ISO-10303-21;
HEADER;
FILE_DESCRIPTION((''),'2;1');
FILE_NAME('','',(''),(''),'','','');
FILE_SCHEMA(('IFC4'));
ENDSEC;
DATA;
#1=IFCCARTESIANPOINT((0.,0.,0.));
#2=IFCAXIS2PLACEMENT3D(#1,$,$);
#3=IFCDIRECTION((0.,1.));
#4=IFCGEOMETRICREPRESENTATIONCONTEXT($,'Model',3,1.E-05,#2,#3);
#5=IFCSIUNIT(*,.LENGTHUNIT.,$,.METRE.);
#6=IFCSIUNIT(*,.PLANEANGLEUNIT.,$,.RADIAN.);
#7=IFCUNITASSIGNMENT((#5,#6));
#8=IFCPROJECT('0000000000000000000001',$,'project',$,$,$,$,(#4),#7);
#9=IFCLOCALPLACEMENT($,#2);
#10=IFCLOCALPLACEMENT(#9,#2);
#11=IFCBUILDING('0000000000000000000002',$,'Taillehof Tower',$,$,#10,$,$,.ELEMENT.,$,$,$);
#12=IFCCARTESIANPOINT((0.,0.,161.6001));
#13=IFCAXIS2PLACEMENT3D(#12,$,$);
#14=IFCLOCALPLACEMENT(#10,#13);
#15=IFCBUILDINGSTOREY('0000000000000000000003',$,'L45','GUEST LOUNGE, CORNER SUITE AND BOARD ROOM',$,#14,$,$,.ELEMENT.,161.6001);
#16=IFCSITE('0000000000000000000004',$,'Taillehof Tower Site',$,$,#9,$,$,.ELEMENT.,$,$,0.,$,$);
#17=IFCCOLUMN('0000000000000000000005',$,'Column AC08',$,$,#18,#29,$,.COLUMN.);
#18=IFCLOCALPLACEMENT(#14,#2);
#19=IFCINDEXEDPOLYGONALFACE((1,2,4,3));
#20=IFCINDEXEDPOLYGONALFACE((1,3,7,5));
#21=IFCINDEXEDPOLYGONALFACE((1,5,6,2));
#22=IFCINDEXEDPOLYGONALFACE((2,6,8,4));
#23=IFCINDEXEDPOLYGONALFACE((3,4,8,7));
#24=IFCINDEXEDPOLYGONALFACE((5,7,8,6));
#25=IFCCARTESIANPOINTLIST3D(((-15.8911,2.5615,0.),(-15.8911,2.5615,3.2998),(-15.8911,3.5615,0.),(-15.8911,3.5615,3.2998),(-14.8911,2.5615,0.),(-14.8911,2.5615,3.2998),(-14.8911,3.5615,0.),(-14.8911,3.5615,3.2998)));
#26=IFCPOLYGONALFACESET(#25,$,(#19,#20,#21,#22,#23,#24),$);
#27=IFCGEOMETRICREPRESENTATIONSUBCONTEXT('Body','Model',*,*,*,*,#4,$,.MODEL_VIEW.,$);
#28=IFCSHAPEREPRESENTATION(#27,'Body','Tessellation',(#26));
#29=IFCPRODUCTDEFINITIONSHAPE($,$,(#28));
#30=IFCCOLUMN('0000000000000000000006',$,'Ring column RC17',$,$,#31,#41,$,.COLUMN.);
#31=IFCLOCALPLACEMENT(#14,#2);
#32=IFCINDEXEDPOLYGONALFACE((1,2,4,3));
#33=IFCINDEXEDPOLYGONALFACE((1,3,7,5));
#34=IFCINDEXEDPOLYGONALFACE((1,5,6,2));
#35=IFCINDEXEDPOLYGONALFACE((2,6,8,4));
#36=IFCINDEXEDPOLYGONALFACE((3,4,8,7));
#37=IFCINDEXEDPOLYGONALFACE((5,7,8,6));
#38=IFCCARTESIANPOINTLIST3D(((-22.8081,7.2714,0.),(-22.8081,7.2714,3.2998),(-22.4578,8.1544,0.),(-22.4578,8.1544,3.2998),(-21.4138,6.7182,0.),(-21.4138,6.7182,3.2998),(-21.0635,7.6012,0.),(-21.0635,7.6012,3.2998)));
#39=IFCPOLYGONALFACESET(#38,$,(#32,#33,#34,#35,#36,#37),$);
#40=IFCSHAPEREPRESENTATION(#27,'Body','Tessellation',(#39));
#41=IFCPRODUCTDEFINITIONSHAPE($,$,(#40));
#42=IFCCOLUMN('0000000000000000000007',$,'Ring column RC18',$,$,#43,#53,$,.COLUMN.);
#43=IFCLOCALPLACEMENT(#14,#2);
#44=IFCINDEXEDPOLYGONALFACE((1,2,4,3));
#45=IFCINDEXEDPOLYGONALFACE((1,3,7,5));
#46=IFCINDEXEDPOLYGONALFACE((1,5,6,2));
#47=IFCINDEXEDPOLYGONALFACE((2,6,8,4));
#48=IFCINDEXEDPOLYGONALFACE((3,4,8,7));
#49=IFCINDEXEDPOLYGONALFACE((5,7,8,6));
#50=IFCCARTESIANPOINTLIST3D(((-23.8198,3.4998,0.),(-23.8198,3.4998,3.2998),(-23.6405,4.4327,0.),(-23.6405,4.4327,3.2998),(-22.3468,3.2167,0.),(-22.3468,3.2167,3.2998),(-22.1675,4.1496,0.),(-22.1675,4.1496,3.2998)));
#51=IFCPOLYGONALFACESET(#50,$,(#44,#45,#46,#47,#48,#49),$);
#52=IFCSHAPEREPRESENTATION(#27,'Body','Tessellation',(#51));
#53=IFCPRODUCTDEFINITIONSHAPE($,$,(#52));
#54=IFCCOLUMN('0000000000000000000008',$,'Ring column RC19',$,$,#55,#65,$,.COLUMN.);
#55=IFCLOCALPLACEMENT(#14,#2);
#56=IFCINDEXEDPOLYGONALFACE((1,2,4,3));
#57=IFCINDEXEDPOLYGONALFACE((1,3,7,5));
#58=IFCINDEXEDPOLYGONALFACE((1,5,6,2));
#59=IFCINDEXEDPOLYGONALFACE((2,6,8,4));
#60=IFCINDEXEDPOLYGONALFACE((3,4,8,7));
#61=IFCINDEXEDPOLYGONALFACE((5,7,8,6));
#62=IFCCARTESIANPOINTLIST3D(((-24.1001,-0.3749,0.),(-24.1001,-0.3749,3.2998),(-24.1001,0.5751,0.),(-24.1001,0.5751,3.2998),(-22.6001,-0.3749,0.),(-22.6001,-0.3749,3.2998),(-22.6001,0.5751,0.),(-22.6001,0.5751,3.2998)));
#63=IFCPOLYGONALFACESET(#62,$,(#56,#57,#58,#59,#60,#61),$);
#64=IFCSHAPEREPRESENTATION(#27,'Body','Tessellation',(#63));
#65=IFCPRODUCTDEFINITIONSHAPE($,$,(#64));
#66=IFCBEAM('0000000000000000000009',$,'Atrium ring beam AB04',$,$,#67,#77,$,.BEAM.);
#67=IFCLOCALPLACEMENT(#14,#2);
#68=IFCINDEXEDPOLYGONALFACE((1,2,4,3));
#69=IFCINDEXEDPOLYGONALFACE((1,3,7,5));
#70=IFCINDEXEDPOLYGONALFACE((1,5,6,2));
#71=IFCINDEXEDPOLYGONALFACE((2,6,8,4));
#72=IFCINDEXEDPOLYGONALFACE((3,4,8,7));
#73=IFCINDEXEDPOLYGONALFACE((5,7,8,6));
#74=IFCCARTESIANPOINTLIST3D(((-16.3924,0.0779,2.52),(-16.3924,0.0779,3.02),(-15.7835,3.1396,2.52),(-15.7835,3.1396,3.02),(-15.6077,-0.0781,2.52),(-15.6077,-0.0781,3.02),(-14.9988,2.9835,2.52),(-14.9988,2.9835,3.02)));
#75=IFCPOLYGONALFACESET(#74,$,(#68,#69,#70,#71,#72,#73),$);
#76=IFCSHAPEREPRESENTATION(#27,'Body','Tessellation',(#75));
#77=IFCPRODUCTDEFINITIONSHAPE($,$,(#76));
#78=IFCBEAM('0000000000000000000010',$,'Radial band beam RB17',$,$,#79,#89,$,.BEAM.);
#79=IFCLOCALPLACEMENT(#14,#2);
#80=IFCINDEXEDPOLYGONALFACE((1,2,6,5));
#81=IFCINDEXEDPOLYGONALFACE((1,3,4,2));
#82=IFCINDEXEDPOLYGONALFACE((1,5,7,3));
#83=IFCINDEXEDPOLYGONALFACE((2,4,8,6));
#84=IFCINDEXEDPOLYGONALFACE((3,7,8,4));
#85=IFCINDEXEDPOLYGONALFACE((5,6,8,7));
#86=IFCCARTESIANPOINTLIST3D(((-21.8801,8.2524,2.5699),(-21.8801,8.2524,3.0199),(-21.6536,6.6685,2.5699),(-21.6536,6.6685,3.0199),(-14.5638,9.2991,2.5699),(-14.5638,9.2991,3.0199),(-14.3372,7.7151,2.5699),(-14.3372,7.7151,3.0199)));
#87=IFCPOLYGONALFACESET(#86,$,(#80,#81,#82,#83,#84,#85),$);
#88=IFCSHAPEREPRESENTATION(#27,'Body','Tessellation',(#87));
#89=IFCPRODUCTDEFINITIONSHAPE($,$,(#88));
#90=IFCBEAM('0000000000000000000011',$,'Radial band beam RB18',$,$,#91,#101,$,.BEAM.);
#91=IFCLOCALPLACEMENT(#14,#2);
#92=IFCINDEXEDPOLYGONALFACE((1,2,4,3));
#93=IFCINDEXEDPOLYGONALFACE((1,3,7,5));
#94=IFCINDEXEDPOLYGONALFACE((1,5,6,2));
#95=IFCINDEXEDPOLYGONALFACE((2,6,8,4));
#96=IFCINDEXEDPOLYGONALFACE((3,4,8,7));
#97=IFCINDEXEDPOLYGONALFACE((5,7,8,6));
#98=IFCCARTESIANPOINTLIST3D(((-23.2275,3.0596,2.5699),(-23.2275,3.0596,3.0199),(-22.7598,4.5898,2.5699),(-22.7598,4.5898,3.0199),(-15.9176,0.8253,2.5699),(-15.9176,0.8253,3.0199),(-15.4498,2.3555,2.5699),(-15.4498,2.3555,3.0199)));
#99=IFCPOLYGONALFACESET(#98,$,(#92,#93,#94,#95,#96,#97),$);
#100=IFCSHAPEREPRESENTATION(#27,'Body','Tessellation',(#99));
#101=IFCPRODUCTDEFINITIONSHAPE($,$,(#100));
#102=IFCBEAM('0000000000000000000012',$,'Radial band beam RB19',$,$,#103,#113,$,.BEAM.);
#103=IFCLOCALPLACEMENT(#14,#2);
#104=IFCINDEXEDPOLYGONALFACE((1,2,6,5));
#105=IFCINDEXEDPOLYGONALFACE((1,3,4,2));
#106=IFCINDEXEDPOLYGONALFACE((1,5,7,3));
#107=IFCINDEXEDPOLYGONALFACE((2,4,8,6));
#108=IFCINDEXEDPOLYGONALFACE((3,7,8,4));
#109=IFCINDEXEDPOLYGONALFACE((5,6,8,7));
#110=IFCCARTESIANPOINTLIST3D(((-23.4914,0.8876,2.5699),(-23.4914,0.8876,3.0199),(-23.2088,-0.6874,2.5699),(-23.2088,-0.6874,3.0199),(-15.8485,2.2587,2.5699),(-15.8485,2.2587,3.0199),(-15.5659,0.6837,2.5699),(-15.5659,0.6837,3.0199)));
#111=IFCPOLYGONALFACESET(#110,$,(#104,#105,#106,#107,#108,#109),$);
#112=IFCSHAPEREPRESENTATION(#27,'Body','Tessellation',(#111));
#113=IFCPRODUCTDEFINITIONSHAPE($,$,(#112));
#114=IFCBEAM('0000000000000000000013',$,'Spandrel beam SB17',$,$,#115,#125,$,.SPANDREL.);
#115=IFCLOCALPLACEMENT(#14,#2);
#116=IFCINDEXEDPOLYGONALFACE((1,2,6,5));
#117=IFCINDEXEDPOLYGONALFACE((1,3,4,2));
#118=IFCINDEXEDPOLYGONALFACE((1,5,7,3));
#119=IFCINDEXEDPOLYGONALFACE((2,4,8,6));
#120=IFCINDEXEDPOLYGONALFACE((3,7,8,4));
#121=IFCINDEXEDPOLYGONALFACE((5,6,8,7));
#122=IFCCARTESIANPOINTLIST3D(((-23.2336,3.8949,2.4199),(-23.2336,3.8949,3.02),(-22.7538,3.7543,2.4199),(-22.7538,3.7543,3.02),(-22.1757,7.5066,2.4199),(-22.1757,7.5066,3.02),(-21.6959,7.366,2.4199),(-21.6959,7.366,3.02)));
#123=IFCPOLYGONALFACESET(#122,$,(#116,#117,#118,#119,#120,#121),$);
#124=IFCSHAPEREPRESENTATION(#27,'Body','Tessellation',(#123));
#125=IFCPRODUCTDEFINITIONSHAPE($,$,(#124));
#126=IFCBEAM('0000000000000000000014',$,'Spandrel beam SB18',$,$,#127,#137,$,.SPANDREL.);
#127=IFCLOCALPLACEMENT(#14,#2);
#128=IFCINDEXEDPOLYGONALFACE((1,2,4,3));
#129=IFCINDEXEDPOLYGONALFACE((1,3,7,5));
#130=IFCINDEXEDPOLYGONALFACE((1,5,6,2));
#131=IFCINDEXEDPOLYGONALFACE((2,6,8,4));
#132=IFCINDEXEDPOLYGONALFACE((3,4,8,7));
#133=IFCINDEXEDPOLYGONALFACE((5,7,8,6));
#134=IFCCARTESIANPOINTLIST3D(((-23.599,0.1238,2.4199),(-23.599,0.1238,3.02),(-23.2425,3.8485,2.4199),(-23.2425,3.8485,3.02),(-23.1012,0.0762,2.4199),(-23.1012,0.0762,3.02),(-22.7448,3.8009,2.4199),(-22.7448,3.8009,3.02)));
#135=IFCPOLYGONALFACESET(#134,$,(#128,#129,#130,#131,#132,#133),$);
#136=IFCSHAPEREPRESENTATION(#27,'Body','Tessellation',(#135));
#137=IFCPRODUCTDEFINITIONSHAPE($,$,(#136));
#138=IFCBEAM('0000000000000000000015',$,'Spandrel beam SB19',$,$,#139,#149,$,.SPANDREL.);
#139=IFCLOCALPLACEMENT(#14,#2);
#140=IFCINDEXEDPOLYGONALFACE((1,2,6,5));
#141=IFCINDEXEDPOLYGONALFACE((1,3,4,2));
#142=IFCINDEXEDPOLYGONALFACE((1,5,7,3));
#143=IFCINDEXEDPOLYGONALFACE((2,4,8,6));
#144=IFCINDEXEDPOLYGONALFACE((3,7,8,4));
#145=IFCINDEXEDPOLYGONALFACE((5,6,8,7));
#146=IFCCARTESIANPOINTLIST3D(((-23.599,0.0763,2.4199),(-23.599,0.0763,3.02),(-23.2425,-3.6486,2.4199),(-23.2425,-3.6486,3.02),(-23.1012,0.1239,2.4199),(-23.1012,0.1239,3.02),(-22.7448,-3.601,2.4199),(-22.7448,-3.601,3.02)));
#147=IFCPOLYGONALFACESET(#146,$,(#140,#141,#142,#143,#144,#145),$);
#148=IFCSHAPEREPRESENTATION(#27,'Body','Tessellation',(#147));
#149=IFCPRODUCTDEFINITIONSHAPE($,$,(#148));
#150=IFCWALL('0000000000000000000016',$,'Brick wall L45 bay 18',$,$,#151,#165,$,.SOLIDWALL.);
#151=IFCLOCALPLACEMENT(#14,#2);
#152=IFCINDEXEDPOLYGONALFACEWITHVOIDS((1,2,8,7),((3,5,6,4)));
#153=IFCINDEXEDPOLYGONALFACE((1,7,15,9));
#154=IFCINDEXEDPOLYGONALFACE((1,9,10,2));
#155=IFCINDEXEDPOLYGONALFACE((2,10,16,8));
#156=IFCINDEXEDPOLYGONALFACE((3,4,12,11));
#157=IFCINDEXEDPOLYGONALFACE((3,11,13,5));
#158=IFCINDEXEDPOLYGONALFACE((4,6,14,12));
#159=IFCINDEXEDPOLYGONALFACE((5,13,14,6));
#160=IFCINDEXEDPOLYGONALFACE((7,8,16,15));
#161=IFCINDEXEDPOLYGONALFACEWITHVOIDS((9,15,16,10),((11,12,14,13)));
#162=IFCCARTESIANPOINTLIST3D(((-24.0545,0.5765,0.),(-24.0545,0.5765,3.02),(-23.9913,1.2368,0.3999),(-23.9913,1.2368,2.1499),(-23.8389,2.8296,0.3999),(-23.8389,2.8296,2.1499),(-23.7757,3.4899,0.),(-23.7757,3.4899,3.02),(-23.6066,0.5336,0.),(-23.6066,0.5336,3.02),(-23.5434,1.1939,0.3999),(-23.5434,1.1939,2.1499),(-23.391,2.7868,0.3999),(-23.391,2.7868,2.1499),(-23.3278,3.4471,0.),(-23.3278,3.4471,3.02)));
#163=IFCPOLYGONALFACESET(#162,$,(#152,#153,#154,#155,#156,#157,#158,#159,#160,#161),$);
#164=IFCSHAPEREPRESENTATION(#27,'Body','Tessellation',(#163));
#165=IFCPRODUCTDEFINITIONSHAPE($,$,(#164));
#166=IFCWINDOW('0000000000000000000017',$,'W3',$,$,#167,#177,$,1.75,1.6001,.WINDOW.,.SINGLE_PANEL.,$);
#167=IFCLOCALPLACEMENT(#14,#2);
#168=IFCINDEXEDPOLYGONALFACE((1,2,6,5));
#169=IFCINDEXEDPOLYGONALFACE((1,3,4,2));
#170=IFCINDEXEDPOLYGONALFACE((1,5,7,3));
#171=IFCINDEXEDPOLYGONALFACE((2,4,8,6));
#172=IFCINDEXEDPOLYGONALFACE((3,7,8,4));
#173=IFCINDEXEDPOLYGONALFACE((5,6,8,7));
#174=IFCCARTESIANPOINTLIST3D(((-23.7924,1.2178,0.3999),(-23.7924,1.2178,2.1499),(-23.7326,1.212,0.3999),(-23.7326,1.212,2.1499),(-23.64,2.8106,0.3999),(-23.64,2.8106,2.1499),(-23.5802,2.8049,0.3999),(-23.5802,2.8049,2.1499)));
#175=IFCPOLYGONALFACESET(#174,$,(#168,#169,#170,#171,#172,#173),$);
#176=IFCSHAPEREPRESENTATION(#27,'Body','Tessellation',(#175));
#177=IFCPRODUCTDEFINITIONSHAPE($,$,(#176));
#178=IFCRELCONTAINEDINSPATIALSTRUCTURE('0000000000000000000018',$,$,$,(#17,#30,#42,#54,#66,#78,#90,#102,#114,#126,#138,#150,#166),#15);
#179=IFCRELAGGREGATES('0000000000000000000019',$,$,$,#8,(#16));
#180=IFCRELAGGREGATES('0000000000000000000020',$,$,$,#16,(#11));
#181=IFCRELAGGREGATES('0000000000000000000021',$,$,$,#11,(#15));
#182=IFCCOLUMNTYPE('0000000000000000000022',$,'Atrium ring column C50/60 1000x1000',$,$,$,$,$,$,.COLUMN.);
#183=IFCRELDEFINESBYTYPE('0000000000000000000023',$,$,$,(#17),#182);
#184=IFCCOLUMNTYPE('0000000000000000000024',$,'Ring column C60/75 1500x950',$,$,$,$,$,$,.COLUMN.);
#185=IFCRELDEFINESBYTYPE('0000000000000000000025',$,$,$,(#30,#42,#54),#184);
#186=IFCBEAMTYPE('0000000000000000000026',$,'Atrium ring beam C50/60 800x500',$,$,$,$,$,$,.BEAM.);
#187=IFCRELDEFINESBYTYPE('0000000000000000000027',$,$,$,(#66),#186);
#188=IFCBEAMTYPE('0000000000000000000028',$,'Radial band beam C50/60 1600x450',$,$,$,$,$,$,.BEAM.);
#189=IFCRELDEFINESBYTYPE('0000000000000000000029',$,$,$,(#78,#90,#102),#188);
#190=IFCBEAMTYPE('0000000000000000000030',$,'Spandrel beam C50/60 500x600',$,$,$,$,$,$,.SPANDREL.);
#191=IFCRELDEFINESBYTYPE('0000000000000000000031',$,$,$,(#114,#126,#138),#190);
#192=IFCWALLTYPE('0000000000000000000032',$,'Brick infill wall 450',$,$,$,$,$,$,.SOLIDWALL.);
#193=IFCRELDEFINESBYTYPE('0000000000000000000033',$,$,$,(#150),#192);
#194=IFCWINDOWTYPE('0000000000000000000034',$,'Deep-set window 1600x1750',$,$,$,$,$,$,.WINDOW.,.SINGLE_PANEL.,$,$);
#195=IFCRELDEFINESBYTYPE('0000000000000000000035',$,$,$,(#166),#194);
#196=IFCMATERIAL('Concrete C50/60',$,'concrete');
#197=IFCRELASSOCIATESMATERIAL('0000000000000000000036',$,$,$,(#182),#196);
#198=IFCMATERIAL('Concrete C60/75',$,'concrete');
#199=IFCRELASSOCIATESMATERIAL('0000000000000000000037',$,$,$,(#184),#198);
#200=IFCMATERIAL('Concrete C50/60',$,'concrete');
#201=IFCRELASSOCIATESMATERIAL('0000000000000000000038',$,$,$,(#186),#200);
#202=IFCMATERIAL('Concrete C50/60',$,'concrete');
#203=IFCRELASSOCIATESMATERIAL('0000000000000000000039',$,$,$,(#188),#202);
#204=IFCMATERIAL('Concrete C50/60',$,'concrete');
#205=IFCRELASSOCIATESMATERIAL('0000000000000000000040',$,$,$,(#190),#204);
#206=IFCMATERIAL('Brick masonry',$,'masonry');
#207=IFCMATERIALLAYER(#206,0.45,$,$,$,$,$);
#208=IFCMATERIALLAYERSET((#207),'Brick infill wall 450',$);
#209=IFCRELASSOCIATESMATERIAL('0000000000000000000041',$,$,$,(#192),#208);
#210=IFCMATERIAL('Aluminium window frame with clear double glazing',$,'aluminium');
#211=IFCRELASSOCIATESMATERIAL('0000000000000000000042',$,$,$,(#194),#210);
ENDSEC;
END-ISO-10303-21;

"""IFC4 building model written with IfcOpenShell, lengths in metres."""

from ifc_helpers import new_model, si_unit, direction, frame, frame_2d, origin, origin_2d, place, context, subcontext, project, spatial, rectangle, extrude, material, layer, layer_set, material_profile, profile_set, type_object, element, fill, save


model = new_model("IFC4")

# Units and contexts
model_context = context("Model", 3, precision=1e-05, world=origin(), true_north=direction((0.0, 1.0)))
body_context = subcontext(model_context, "Body", "Model", "MODEL_VIEW")
ifc_project = project(units=[si_unit("LENGTHUNIT", "METRE"), si_unit("PLANEANGLEUNIT", "RADIAN")], contexts=[model_context])

# Site, building, storey
site_placement = place(None, origin())
site = spatial("IfcSite", under=ifc_project, at=site_placement, Name="Taillehof Tower Site", CompositionType="ELEMENT", RefElevation=0.0)
building_placement = place(site_placement, origin())
building = spatial("IfcBuilding", under=site, at=building_placement, Name="Taillehof Tower", CompositionType="ELEMENT")
storey_placement = place(building_placement, frame((0.0, 0.0, 161.6001)))
storey = spatial("IfcBuildingStorey", under=building, at=storey_placement, Name="L45", Description="GUEST LOUNGE, CORNER SUITE AND BOARD ROOM", CompositionType="ELEMENT", Elevation=161.6001)

# Columns
ifc_material_1 = material(Name="Concrete C50/60", Category="concrete")
ifc_material_profile_1 = material_profile(ifc_material_1, rectangle(XDim=1.0, YDim=1.0, at=origin_2d()), Name="RC 1000x1000")
ifc_profile_set_1 = profile_set([ifc_material_profile_1], Name="Concrete C50/60")
column_type_1 = type_object("IfcColumnType", Name="Atrium ring column C50/60 1000x1000", PredefinedType="COLUMN", material=ifc_profile_set_1)
column_placement = place(storey_placement, frame((-15.3911, 3.0615, 0.0), z_axis=(0.0, 0.0, 1.0), x_axis=(1.0, 0.0, 0.0)))
element("IfcColumn", 1, at=column_placement, inside=storey, type_object=column_type_1, Name="Column AC08", PredefinedType="COLUMN", context=body_context, shape_type="SweptSolid", body=[
    extrude(rectangle(XDim=1.0, YDim=1.0, at=origin_2d()), origin(), (0.0, 0.0, 1.0), 3.2998),
])
ifc_material_2 = material(Name="Concrete C60/75", Category="concrete")
ifc_material_profile_2 = material_profile(ifc_material_2, rectangle(XDim=1.5, YDim=0.95, at=origin_2d()), Name="RC 1500x950")
ifc_profile_set_2 = profile_set([ifc_material_profile_2], Name="Concrete C60/75")
column_type_2 = type_object("IfcColumnType", Name="Ring column C60/75 1500x950", PredefinedType="COLUMN", material=ifc_profile_set_2)
for number, where, z_axis, x_axis, name in (
    (2, (-21.9358, 7.4363, 0.0), (0.0, 0.0, 1.0), (-0.929511, 0.368793, 0.0), "Ring column RC17"),
    (3, (-22.9937, 3.8247, 0.0), (0.0, 0.0, 1.0), (-0.982024, 0.188757, 0.0), "Ring column RC18"),
    (4, (-23.3501, 0.1001, 0.0), (0.0, 0.0, 1.0), (-1.0, 0.0, 0.0), "Ring column RC19"),
):
    element("IfcColumn", number, at=place(storey_placement, frame(where, z_axis=z_axis, x_axis=x_axis)), inside=storey, type_object=column_type_2, Name=name, PredefinedType="COLUMN", context=body_context, shape_type="SweptSolid", body=[
        extrude(rectangle(XDim=1.5, YDim=0.95, at=origin_2d()), origin(), (0.0, 0.0, 1.0), 3.2998),
    ])

# Beams
ifc_material_3 = material(Name="Concrete C50/60", Category="concrete")
ifc_material_profile_3 = material_profile(ifc_material_3, rectangle(XDim=0.8, YDim=0.5, at=origin_2d()), Name="RC 800x500")
ifc_profile_set_3 = profile_set([ifc_material_profile_3], Name="Concrete C50/60")
beam_type_1 = type_object("IfcBeamType", Name="Atrium ring beam C50/60 800x500", PredefinedType="BEAM", material=ifc_profile_set_3)
beam_1_placement = place(storey_placement, frame((-15.3911, 3.0615, 2.77), z_axis=(-0.195063, -0.980791, 0.0), x_axis=(0.980791, -0.195063, 0.0)))
element("IfcBeam", 5, at=beam_1_placement, inside=storey, type_object=beam_type_1, Name="Atrium ring beam AB04", PredefinedType="BEAM", context=body_context, shape_type="SweptSolid", body=[
    extrude(rectangle(XDim=0.8, YDim=0.5, at=origin_2d()), origin(), (0.0, 0.0, 1.0), 3.1216),
])
ifc_material_4 = material(Name="Concrete C50/60", Category="concrete")
ifc_material_profile_4 = material_profile(ifc_material_4, rectangle(XDim=1.6001, YDim=0.45, at=origin_2d()), Name="RC 1600x450")
ifc_profile_set_4 = profile_set([ifc_material_profile_4], Name="Concrete C50/60")
beam_type_2 = type_object("IfcBeamType", Name="Radial band beam C50/60 1600x450", PredefinedType="BEAM", material=ifc_profile_set_4)
beam_2_placement = place(storey_placement, frame((-21.7668, 7.4604, 2.7949), z_axis=(0.989922, 0.141611, 0.0), x_axis=(-0.141611, 0.989922, 0.0)))
element("IfcBeam", 6, at=beam_2_placement, inside=storey, type_object=beam_type_2, Name="Radial band beam RB17", PredefinedType="BEAM", context=body_context, shape_type="SweptSolid", body=[
    extrude(rectangle(XDim=1.6001, YDim=0.45, at=origin_2d()), origin(), (0.0, 0.0, 1.0), 7.3909),
])
beam_3_placement = place(storey_placement, frame((-22.9937, 3.8247, 2.7949), z_axis=(0.956324, -0.292308, 0.0), x_axis=(0.292308, 0.956324, 0.0)))
element("IfcBeam", 7, at=beam_3_placement, inside=storey, type_object=beam_type_2, Name="Radial band beam RB18", PredefinedType="BEAM", context=body_context, shape_type="SweptSolid", body=[
    extrude(rectangle(XDim=1.6001, YDim=0.45, at=origin_2d()), origin(), (0.0, 0.0, 1.0), 7.6438),
])
beam_4_placement = place(storey_placement, frame((-23.3501, 0.1001, 2.7949), z_axis=(0.984287, 0.176577, 0.0), x_axis=(-0.176577, 0.984287, 0.0)))
element("IfcBeam", 8, at=beam_4_placement, inside=storey, type_object=beam_type_2, Name="Radial band beam RB19", PredefinedType="BEAM", context=body_context, shape_type="SweptSolid", body=[
    extrude(rectangle(XDim=1.6001, YDim=0.45, at=origin_2d()), origin(), (0.0, 0.0, 1.0), 7.7649),
])
ifc_material_5 = material(Name="Concrete C50/60", Category="concrete")
ifc_material_profile_5 = material_profile(ifc_material_5, rectangle(XDim=0.5, YDim=0.6001, at=origin_2d()), Name="RC 500x600")
ifc_profile_set_5 = profile_set([ifc_material_profile_5], Name="Concrete C50/60")
beam_type_3 = type_object("IfcBeamType", Name="Spandrel beam C50/60 500x600", PredefinedType="SPANDREL", material=ifc_profile_set_5)
beam_5_placement = place(storey_placement, frame((-21.9358, 7.4363, 2.72), z_axis=(-0.281098, -0.959679, 0.0), x_axis=(0.959679, -0.281098, 0.0)))
element("IfcBeam", 9, at=beam_5_placement, inside=storey, type_object=beam_type_3, Name="Spandrel beam SB17", PredefinedType="SPANDREL", context=body_context, shape_type="SweptSolid", body=[
    extrude(rectangle(XDim=0.5, YDim=0.6001, at=origin_2d()), origin(), (0.0, 0.0, 1.0), 3.7634),
])
beam_6_placement = place(storey_placement, frame((-22.9937, 3.8247, 2.72), z_axis=(-0.095265, -0.995452, 0.0), x_axis=(0.995452, -0.095265, 0.0)))
element("IfcBeam", 10, at=beam_6_placement, inside=storey, type_object=beam_type_3, Name="Spandrel beam SB18", PredefinedType="SPANDREL", context=body_context, shape_type="SweptSolid", body=[
    extrude(rectangle(XDim=0.5, YDim=0.6001, at=origin_2d()), origin(), (0.0, 0.0, 1.0), 3.7417),
])
beam_7_placement = place(storey_placement, frame((-23.3501, 0.1001, 2.72), z_axis=(0.095259, -0.995453, 0.0), x_axis=(0.995453, 0.095259, 0.0)))
element("IfcBeam", 11, at=beam_7_placement, inside=storey, type_object=beam_type_3, Name="Spandrel beam SB19", PredefinedType="SPANDREL", context=body_context, shape_type="SweptSolid", body=[
    extrude(rectangle(XDim=0.5, YDim=0.6001, at=origin_2d()), origin(), (0.0, 0.0, 1.0), 3.7419),
])

# Wall, opening, window
ifc_material_6 = material(Name="Brick masonry", Category="masonry")
ifc_layer_1 = layer(ifc_material_6, 0.45)
ifc_layer_set_1 = layer_set([ifc_layer_1], Name="Brick infill wall 450")
wall_type_1 = type_object("IfcWallType", Name="Brick infill wall 450", PredefinedType="SOLIDWALL", material=ifc_layer_set_1)
wall_1_placement = place(storey_placement, frame((-23.5518, 3.4685, 0.0), z_axis=(0.0, 0.0, 1.0), x_axis=(-0.095266, -0.995452, 0.0)))
wall_1 = element("IfcWall", 12, at=wall_1_placement, inside=storey, type_object=wall_type_1, Name="Brick wall L45 bay 18", PredefinedType="SOLIDWALL", context=body_context, shape_type="SweptSolid", body=[
    extrude(rectangle(XDim=2.9268, YDim=0.45, at=frame_2d((1.4634, 0.0))), origin(), (0.0, 0.0, 1.0), 3.02),
])
opening_1_placement = place(wall_1_placement, frame((0.6633, 0.0, 0.3999)))
opening_1 = element("IfcOpeningElement", 13, at=opening_1_placement, cuts=wall_1, PredefinedType="OPENING", context=body_context, shape_type="SweptSolid", body=[
    extrude(rectangle(XDim=1.6001, YDim=1.75, at=frame_2d((0.8, 0.875))), frame((0.0, 0.2349, 0.0), z_axis=(0.0, -1.0, 0.0), x_axis=(1.0, 0.0, 0.0)), (0.0, 0.0, 1.0), 0.47),
])
ifc_material_7 = material(Name="Aluminium window frame with clear double glazing", Category="aluminium")
window_type_1 = type_object("IfcWindowType", Name="Deep-set window 1600x1750", PartitioningType="SINGLE_PANEL", PredefinedType="WINDOW", material=ifc_material_7)
window_1_placement = place(opening_1_placement, origin())
window_1 = element("IfcWindow", 14, at=window_1_placement, inside=storey, type_object=window_type_1, Name="W3", OverallHeight=1.75, OverallWidth=1.6001, PartitioningType="SINGLE_PANEL", PredefinedType="WINDOW", context=body_context, shape_type="SweptSolid", body=[
    extrude(rectangle(XDim=1.6001, YDim=1.75, at=frame_2d((0.8, 0.875))), frame((0.0, 0.0349, 0.0), z_axis=(0.0, -1.0, 0.0), x_axis=(1.0, 0.0, 0.0)), (0.0, 0.0, 1.0), 0.0601),
])
fill(opening_1, window_1)

save(model, "model.ifc")
